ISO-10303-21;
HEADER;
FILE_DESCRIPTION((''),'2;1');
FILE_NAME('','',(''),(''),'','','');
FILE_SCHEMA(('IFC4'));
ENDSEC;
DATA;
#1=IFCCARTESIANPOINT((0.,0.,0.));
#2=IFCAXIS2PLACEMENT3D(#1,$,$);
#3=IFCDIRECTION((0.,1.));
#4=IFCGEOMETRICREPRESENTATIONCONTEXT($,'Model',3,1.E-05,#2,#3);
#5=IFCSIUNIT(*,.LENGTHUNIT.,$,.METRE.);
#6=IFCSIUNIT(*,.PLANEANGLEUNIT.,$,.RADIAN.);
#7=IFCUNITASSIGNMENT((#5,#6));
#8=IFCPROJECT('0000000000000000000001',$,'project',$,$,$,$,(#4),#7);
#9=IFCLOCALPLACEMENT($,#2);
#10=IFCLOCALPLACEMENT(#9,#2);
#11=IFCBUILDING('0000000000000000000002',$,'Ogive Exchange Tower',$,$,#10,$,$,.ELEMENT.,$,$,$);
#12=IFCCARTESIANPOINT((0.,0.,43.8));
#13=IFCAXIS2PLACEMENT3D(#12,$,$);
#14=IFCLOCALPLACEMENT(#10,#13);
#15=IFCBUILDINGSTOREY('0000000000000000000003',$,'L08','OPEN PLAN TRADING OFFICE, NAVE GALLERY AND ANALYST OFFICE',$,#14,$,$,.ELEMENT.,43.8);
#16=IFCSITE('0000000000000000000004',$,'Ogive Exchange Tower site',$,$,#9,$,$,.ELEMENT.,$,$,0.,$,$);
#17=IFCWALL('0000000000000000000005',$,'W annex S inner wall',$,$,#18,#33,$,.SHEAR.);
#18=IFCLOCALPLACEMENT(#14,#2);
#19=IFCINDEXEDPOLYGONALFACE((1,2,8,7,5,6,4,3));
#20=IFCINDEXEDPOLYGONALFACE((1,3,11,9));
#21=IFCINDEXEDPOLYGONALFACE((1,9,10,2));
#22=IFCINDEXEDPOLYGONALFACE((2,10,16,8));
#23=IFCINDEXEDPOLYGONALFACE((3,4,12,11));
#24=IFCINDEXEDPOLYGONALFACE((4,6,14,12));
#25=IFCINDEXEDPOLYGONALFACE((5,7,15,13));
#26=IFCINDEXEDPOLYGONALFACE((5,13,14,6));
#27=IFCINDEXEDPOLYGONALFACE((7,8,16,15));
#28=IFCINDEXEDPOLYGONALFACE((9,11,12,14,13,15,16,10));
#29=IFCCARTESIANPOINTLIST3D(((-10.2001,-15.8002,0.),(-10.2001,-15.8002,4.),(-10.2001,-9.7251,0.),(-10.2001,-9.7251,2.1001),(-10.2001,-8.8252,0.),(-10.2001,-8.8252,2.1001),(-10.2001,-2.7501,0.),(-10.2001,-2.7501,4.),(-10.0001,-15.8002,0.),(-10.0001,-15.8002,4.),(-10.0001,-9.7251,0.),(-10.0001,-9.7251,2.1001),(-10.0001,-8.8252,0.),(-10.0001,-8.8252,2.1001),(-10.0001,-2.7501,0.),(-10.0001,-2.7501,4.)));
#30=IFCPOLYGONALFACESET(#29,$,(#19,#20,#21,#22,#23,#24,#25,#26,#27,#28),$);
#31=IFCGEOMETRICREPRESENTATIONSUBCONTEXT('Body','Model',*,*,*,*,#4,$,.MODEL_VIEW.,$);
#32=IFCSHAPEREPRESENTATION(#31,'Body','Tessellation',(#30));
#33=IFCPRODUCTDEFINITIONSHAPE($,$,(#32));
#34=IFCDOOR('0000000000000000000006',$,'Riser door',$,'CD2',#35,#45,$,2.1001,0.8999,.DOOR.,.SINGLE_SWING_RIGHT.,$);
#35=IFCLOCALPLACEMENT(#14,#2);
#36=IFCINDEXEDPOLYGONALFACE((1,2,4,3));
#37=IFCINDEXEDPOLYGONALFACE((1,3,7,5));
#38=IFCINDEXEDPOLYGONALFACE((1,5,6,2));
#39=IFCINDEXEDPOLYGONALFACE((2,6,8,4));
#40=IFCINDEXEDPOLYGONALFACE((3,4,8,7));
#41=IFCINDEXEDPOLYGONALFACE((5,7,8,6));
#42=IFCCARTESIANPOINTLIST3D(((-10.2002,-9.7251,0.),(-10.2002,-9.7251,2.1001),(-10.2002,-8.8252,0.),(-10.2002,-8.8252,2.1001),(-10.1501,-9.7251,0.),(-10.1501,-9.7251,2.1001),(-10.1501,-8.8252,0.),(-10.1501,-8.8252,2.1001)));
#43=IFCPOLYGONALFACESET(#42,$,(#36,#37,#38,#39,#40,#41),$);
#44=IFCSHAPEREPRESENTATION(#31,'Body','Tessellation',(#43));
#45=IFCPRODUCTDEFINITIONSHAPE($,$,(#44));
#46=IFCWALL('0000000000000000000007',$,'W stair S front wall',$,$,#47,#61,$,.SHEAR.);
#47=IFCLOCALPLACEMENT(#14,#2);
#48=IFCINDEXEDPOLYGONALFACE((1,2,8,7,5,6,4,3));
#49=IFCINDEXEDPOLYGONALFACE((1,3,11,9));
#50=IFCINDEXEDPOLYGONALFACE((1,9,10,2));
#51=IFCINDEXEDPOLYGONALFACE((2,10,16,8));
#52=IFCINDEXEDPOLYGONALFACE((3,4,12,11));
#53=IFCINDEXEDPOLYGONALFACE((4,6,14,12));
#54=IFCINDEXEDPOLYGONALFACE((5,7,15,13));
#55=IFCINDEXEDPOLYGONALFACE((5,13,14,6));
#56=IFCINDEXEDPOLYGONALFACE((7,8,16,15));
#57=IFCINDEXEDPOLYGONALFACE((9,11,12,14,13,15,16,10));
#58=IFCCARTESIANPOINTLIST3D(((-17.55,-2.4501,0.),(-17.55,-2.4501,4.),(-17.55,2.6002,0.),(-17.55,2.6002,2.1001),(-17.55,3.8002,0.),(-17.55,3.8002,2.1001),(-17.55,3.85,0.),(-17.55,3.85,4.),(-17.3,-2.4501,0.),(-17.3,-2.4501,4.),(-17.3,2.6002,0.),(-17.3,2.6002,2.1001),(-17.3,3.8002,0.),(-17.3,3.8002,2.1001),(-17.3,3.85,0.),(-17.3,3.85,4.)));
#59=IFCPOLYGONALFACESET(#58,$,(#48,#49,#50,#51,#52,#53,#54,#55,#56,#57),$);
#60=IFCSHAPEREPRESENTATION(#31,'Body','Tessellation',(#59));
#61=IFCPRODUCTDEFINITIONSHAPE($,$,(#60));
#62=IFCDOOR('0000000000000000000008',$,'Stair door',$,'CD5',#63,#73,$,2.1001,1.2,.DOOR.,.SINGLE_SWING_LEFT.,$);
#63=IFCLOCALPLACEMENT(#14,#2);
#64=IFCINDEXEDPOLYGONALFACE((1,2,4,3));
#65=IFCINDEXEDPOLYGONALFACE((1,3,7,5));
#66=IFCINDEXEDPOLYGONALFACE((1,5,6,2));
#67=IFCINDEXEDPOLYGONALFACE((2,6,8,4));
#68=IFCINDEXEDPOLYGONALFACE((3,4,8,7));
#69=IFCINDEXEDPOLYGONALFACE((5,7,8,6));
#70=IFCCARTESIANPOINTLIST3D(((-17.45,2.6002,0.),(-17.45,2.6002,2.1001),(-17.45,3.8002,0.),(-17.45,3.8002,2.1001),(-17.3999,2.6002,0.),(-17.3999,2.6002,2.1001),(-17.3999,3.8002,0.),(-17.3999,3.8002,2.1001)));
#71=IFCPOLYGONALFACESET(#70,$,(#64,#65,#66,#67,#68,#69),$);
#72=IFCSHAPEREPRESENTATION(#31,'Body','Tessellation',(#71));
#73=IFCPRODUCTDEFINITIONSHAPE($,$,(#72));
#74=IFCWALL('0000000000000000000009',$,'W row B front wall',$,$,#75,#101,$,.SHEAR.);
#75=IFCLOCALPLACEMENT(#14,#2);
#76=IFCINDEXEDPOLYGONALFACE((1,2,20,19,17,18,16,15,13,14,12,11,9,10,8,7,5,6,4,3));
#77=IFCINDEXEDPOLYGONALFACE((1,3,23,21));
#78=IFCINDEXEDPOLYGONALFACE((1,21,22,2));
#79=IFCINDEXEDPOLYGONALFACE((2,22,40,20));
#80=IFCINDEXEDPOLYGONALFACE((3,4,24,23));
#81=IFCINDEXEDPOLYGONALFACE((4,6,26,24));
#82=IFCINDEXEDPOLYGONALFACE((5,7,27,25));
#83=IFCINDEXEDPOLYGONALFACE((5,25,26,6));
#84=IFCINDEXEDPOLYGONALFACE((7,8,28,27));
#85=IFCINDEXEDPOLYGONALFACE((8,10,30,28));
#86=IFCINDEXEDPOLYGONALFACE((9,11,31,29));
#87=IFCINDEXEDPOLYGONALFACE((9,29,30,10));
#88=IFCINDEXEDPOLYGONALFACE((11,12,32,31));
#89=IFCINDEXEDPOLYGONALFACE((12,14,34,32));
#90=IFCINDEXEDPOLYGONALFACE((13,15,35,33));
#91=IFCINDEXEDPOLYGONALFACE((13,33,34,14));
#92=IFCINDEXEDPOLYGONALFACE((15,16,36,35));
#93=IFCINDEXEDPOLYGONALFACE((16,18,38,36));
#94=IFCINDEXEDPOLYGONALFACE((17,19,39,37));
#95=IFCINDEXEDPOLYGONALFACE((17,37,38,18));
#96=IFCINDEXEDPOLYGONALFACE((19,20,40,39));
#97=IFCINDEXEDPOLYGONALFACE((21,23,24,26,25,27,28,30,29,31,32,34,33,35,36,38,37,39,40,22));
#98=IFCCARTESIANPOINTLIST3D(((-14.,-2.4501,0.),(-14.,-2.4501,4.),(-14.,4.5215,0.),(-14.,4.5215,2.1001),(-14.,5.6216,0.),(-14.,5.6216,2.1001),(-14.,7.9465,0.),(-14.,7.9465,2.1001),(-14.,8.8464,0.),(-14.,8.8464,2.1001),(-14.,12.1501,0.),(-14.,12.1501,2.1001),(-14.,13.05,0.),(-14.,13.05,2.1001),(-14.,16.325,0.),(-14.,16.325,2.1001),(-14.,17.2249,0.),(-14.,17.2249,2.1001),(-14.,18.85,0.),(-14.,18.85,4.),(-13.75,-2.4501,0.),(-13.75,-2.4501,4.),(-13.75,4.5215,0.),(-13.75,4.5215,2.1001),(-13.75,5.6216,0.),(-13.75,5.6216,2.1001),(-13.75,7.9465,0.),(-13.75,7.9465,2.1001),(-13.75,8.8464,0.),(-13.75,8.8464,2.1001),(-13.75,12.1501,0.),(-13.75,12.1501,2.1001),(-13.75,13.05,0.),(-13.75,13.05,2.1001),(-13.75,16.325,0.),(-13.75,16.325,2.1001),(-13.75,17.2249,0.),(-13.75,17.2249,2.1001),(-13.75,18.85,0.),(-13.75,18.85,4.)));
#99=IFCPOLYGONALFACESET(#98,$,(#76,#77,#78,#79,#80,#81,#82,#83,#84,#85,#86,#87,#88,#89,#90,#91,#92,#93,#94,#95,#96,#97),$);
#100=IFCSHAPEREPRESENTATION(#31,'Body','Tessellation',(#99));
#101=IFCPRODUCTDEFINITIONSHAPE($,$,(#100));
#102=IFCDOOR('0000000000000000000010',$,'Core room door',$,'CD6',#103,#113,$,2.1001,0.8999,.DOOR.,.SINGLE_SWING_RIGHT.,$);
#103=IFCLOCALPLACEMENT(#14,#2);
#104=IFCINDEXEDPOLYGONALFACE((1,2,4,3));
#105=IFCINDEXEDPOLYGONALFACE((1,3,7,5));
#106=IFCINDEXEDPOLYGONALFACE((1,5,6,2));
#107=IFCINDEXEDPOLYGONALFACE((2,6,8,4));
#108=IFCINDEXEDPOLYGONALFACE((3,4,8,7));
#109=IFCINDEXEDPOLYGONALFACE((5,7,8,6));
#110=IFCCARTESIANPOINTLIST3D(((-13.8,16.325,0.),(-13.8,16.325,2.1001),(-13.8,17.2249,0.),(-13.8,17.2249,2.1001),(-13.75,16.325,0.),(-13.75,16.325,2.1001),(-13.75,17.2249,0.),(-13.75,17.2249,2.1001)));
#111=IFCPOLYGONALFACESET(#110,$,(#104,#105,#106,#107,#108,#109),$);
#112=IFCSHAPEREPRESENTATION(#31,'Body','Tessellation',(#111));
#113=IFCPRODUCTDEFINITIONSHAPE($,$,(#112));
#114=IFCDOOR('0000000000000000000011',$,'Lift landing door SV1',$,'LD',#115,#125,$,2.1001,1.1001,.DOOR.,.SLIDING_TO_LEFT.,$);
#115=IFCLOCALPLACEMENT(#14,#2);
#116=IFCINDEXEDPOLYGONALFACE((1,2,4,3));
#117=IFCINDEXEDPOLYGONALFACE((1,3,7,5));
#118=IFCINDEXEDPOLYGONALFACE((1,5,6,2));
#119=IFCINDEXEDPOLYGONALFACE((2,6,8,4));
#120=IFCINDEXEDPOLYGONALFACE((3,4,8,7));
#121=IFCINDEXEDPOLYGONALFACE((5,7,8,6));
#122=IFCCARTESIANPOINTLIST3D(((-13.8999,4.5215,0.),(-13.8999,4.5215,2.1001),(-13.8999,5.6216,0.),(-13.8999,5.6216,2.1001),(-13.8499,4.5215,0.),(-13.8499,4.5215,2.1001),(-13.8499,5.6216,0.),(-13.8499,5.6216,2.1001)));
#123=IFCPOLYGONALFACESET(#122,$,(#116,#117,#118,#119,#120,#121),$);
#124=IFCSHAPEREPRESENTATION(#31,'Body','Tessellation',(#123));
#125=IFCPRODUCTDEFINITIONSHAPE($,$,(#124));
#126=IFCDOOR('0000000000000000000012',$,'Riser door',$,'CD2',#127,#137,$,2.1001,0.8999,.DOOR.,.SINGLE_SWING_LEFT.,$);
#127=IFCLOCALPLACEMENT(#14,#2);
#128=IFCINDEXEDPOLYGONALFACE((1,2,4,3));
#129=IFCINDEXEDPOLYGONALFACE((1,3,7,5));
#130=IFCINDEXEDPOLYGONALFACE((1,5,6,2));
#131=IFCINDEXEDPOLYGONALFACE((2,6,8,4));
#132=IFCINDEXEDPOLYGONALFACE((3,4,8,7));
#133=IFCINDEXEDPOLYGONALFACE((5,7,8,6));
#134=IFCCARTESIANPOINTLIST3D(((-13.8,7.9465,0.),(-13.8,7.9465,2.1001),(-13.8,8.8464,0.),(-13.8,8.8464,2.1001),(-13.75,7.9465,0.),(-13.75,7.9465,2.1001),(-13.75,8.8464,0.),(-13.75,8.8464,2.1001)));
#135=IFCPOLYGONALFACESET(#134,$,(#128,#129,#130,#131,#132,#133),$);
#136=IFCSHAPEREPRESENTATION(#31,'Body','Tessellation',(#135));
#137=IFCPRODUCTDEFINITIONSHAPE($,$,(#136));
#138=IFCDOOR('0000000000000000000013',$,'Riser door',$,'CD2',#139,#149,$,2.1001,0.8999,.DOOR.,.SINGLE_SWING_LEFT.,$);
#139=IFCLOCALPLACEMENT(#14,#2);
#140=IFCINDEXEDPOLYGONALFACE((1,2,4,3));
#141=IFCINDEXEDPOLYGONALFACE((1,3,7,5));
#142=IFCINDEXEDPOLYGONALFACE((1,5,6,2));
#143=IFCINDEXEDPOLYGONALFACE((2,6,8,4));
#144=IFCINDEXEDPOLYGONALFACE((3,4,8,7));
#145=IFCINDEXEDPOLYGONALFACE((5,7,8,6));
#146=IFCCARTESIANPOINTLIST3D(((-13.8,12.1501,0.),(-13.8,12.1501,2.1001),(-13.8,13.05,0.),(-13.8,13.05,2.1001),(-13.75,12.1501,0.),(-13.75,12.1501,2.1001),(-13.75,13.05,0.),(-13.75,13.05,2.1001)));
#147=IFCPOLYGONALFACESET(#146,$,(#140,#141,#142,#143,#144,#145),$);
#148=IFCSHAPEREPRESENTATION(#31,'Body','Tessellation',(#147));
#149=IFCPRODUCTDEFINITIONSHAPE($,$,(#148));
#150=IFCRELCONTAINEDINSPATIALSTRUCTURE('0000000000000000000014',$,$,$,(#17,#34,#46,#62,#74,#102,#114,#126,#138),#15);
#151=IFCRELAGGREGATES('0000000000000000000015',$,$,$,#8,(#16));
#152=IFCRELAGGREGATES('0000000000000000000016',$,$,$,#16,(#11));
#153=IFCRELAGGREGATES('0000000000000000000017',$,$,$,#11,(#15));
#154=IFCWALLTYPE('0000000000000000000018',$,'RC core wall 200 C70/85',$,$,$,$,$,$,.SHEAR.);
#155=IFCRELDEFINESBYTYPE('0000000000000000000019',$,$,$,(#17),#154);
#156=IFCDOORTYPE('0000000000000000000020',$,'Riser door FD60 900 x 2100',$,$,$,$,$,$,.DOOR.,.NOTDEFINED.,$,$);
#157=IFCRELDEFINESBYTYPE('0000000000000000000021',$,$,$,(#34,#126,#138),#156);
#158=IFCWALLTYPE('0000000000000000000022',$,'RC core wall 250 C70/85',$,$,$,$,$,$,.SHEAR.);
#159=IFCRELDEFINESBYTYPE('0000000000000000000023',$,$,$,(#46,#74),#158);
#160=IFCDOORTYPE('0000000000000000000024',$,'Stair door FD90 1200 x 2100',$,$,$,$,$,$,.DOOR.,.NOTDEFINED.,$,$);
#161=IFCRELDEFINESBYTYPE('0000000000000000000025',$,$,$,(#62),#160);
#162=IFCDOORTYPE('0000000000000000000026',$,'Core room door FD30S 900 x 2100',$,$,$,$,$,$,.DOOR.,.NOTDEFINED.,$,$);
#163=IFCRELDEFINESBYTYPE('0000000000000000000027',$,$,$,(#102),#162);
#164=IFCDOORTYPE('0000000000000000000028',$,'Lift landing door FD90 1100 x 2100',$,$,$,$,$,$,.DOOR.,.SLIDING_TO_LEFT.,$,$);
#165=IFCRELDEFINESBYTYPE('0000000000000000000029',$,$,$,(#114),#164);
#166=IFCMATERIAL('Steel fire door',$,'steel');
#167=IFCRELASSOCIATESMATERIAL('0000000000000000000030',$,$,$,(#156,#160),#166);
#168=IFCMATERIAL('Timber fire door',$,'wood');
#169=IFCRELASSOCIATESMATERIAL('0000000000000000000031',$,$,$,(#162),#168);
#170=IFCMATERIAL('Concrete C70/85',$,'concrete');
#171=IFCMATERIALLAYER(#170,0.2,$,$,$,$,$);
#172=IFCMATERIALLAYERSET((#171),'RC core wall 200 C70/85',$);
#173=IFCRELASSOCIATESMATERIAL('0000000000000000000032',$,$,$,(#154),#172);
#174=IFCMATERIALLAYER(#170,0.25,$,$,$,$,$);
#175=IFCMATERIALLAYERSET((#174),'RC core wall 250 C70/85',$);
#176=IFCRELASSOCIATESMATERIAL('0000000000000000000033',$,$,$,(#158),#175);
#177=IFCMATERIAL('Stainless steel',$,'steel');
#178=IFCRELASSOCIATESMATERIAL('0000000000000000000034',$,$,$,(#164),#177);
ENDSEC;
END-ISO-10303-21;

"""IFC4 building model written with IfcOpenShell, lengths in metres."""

from ifc_helpers import new_model, si_unit, direction, frame, frame_2d, origin, place, context, subcontext, project, spatial, rectangle, extrude, material, layer, layer_set, type_object, element, fill, save


model = new_model("IFC4")

# Units and contexts
model_context = context("Model", 3, precision=1e-05, world=origin(), true_north=direction((0.0, 1.0)))
body_context = subcontext(model_context, "Body", "Model", "MODEL_VIEW")
ifc_project = project(units=[si_unit("LENGTHUNIT", "METRE"), si_unit("PLANEANGLEUNIT", "RADIAN")], contexts=[model_context])

# Site, building, storey
site_placement = place(None, origin())
site = spatial("IfcSite", under=ifc_project, at=site_placement, Name="Ogive Exchange Tower site", CompositionType="ELEMENT", RefElevation=0.0)
building_placement = place(site_placement, origin())
building = spatial("IfcBuilding", under=site, at=building_placement, Name="Ogive Exchange Tower", CompositionType="ELEMENT")
storey_placement = place(building_placement, frame((0.0, 0.0, 43.8)))
storey = spatial("IfcBuildingStorey", under=building, at=storey_placement, Name="L08", Description="OPEN PLAN TRADING OFFICE, NAVE GALLERY AND ANALYST OFFICE", CompositionType="ELEMENT", Elevation=43.8)

# Shared definitions
ifc_material_1 = material(Name="Steel fire door", Category="steel")
door_type_1 = type_object("IfcDoorType", Name="Riser door FD60 900 x 2100", OperationType="NOTDEFINED", PredefinedType="DOOR", material=ifc_material_1)

# Shared definitions
ifc_material_2 = material(Name="Concrete C70/85", Category="concrete")
ifc_material_3 = material(Name="Timber fire door", Category="wood")
door_type_2 = type_object("IfcDoorType", Name="Core room door FD30S 900 x 2100", OperationType="NOTDEFINED", PredefinedType="DOOR", material=ifc_material_3)

# Walls, openings, doors
ifc_layer_1 = layer(ifc_material_2, 0.2)
ifc_layer_set_1 = layer_set([ifc_layer_1], Name="RC core wall 200 C70/85")
wall_type_1 = type_object("IfcWallType", Name="RC core wall 200 C70/85", PredefinedType="SHEAR", material=ifc_layer_set_1)
wall_1_placement = place(storey_placement, frame((-10.1001, -15.8, 0.0), z_axis=(0.0, 0.0, 1.0), x_axis=(0.0, 1.0, 0.0)))
wall_1 = element("IfcWall", 1, at=wall_1_placement, inside=storey, type_object=wall_type_1, Name="W annex S inner wall", PredefinedType="SHEAR", context=body_context, shape_type="SweptSolid", body=[
    extrude(rectangle(XDim=13.05, YDim=0.2, at=frame_2d((6.5249, 0.0))), origin(), (0.0, 0.0, 1.0), 4.0),
])
opening_1_placement = place(wall_1_placement, frame((6.075, 0.0, 0.0)))
opening_1 = element("IfcOpeningElement", 2, at=opening_1_placement, cuts=wall_1, PredefinedType="OPENING", context=body_context, shape_type="SweptSolid", body=[
    extrude(rectangle(XDim=0.8999, YDim=2.1001, at=frame_2d((0.45, 1.05))), frame((0.0, 0.1099, 0.0), z_axis=(0.0, -1.0, 0.0), x_axis=(1.0, 0.0, 0.0)), (0.0, 0.0, 1.0), 0.22),
])
door_1_placement = place(opening_1_placement, origin())
door_1 = element("IfcDoor", 3, at=door_1_placement, inside=storey, type_object=door_type_1, Name="Riser door", ObjectType="CD2", OperationType="SINGLE_SWING_RIGHT", OverallHeight=2.1001, OverallWidth=0.8999, PredefinedType="DOOR", context=body_context, shape_type="SweptSolid", body=[
    extrude(rectangle(XDim=0.8999, YDim=2.1001, at=frame_2d((0.45, 1.05))), frame((0.0, 0.1001, 0.0), z_axis=(0.0, -1.0, 0.0), x_axis=(1.0, 0.0, 0.0)), (0.0, 0.0, 1.0), 0.05),
])
fill(opening_1, door_1)
ifc_layer_2 = layer(ifc_material_2, 0.25)
ifc_layer_set_2 = layer_set([ifc_layer_2], Name="RC core wall 250 C70/85")
wall_type_2 = type_object("IfcWallType", Name="RC core wall 250 C70/85", PredefinedType="SHEAR", material=ifc_layer_set_2)
wall_2_placement = place(storey_placement, frame((-17.425, -2.45, 0.0), z_axis=(0.0, 0.0, 1.0), x_axis=(0.0, 1.0, 0.0)))
wall_2 = element("IfcWall", 4, at=wall_2_placement, inside=storey, type_object=wall_type_2, Name="W stair S front wall", PredefinedType="SHEAR", context=body_context, shape_type="SweptSolid", body=[
    extrude(rectangle(XDim=6.3, YDim=0.25, at=frame_2d((3.1499, 0.0))), origin(), (0.0, 0.0, 1.0), 4.0),
])
opening_2_placement = place(wall_2_placement, frame((5.05, 0.0, 0.0)))
opening_2 = element("IfcOpeningElement", 5, at=opening_2_placement, cuts=wall_2, PredefinedType="OPENING", context=body_context, shape_type="SweptSolid", body=[
    extrude(rectangle(XDim=1.2, YDim=2.1001, at=frame_2d((0.6001, 1.05))), frame((0.0, 0.135, 0.0), z_axis=(0.0, -1.0, 0.0), x_axis=(1.0, 0.0, 0.0)), (0.0, 0.0, 1.0), 0.27),
])
door_type_3 = type_object("IfcDoorType", Name="Stair door FD90 1200 x 2100", OperationType="NOTDEFINED", PredefinedType="DOOR", material=ifc_material_1)
door_2_placement = place(opening_2_placement, origin())
door_2 = element("IfcDoor", 6, at=door_2_placement, inside=storey, type_object=door_type_3, Name="Stair door", ObjectType="CD5", OperationType="SINGLE_SWING_LEFT", OverallHeight=2.1001, OverallWidth=1.2, PredefinedType="DOOR", context=body_context, shape_type="SweptSolid", body=[
    extrude(rectangle(XDim=1.2, YDim=2.1001, at=frame_2d((0.6001, 1.05))), frame((0.0, 0.0249, 0.0), z_axis=(0.0, -1.0, 0.0), x_axis=(1.0, 0.0, 0.0)), (0.0, 0.0, 1.0), 0.05),
])
fill(opening_2, door_2)

# Wall, openings, doors
wall_3_placement = place(storey_placement, frame((-13.875, -2.45, 0.0), z_axis=(0.0, 0.0, 1.0), x_axis=(0.0, 1.0, 0.0)))
wall_3 = element("IfcWall", 7, at=wall_3_placement, inside=storey, type_object=wall_type_2, Name="W row B front wall", PredefinedType="SHEAR", context=body_context, shape_type="SweptSolid", body=[
    extrude(rectangle(XDim=21.3, YDim=0.25, at=frame_2d((10.6499, 0.0))), origin(), (0.0, 0.0, 1.0), 4.0),
])
opening_3_placement = place(wall_3_placement, frame((10.3965, 0.0, 0.0)))
opening_3 = element("IfcOpeningElement", 8, at=opening_3_placement, cuts=wall_3, PredefinedType="OPENING", context=body_context, shape_type="SweptSolid", body=[
    extrude(rectangle(XDim=0.8999, YDim=2.1001, at=frame_2d((0.45, 1.05))), frame((0.0, 0.135, 0.0), z_axis=(0.0, -1.0, 0.0), x_axis=(1.0, 0.0, 0.0)), (0.0, 0.0, 1.0), 0.27),
])
opening_4_placement = place(wall_3_placement, frame((14.6001, 0.0, 0.0)))
opening_4 = element("IfcOpeningElement", 9, at=opening_4_placement, cuts=wall_3, PredefinedType="OPENING", context=body_context, shape_type="SweptSolid", body=[
    extrude(rectangle(XDim=0.8999, YDim=2.1001, at=frame_2d((0.45, 1.05))), frame((0.0, 0.135, 0.0), z_axis=(0.0, -1.0, 0.0), x_axis=(1.0, 0.0, 0.0)), (0.0, 0.0, 1.0), 0.27),
])
opening_5_placement = place(wall_3_placement, frame((18.7749, 0.0, 0.0)))
opening_5 = element("IfcOpeningElement", 10, at=opening_5_placement, cuts=wall_3, PredefinedType="OPENING", context=body_context, shape_type="SweptSolid", body=[
    extrude(rectangle(XDim=0.8999, YDim=2.1001, at=frame_2d((0.45, 1.05))), frame((0.0, 0.135, 0.0), z_axis=(0.0, -1.0, 0.0), x_axis=(1.0, 0.0, 0.0)), (0.0, 0.0, 1.0), 0.27),
])
opening_6_placement = place(wall_3_placement, frame((6.9714, 0.0, 0.0)))
opening_6 = element("IfcOpeningElement", 11, at=opening_6_placement, cuts=wall_3, PredefinedType="OPENING", context=body_context, shape_type="SweptSolid", body=[
    extrude(rectangle(XDim=1.1001, YDim=2.1001, at=frame_2d((0.55, 1.05))), frame((0.0, 0.135, 0.0), z_axis=(0.0, -1.0, 0.0), x_axis=(1.0, 0.0, 0.0)), (0.0, 0.0, 1.0), 0.27),
])
door_3_placement = place(opening_5_placement, frame((0.8999, -0.2002, 0.0), z_axis=(0.0, 0.0, 1.0), x_axis=(-1.0, 0.0, 0.0)))
door_3 = element("IfcDoor", 12, at=door_3_placement, inside=storey, type_object=door_type_2, Name="Core room door", ObjectType="CD6", OperationType="SINGLE_SWING_RIGHT", OverallHeight=2.1001, OverallWidth=0.8999, PredefinedType="DOOR", context=body_context, shape_type="SweptSolid", body=[
    extrude(rectangle(XDim=0.8999, YDim=2.1001, at=frame_2d((0.45, 1.05))), frame((0.0, -0.0752, 0.0), z_axis=(0.0, -1.0, 0.0), x_axis=(1.0, 0.0, 0.0)), (0.0, 0.0, 1.0), 0.05),
])
fill(opening_5, door_3)
ifc_material_4 = material(Name="Stainless steel", Category="steel")
door_type_4 = type_object("IfcDoorType", Name="Lift landing door FD90 1100 x 2100", OperationType="SLIDING_TO_LEFT", PredefinedType="DOOR", material=ifc_material_4)
door_4_placement = place(opening_6_placement, origin())
door_4 = element("IfcDoor", 13, at=door_4_placement, inside=storey, type_object=door_type_4, Name="Lift landing door SV1", ObjectType="LD", OperationType="SLIDING_TO_LEFT", OverallHeight=2.1001, OverallWidth=1.1001, PredefinedType="DOOR", context=body_context, shape_type="SweptSolid", body=[
    extrude(rectangle(XDim=1.1001, YDim=2.1001, at=frame_2d((0.55, 1.05))), frame((0.0, 0.0249, 0.0), z_axis=(0.0, -1.0, 0.0), x_axis=(1.0, 0.0, 0.0)), (0.0, 0.0, 1.0), 0.05),
])
fill(opening_6, door_4)
door_5_placement = place(opening_3_placement, frame((0.8999, -0.2002, 0.0), z_axis=(0.0, 0.0, 1.0), x_axis=(-1.0, 0.0, 0.0)))
door_5 = element("IfcDoor", 14, at=door_5_placement, inside=storey, type_object=door_type_1, Name="Riser door", ObjectType="CD2", OperationType="SINGLE_SWING_LEFT", OverallHeight=2.1001, OverallWidth=0.8999, PredefinedType="DOOR", context=body_context, shape_type="SweptSolid", body=[
    extrude(rectangle(XDim=0.8999, YDim=2.1001, at=frame_2d((0.45, 1.05))), frame((0.0, -0.0752, 0.0), z_axis=(0.0, -1.0, 0.0), x_axis=(1.0, 0.0, 0.0)), (0.0, 0.0, 1.0), 0.05),
])
fill(opening_3, door_5)
door_6_placement = place(opening_4_placement, frame((0.8999, -0.2002, 0.0), z_axis=(0.0, 0.0, 1.0), x_axis=(-1.0, 0.0, 0.0)))
door_6 = element("IfcDoor", 15, at=door_6_placement, inside=storey, type_object=door_type_1, Name="Riser door", ObjectType="CD2", OperationType="SINGLE_SWING_LEFT", OverallHeight=2.1001, OverallWidth=0.8999, PredefinedType="DOOR", context=body_context, shape_type="SweptSolid", body=[
    extrude(rectangle(XDim=0.8999, YDim=2.1001, at=frame_2d((0.45, 1.05))), frame((0.0, -0.0752, 0.0), z_axis=(0.0, -1.0, 0.0), x_axis=(1.0, 0.0, 0.0)), (0.0, 0.0, 1.0), 0.05),
])
fill(opening_4, door_6)

save(model, "model.ifc")
